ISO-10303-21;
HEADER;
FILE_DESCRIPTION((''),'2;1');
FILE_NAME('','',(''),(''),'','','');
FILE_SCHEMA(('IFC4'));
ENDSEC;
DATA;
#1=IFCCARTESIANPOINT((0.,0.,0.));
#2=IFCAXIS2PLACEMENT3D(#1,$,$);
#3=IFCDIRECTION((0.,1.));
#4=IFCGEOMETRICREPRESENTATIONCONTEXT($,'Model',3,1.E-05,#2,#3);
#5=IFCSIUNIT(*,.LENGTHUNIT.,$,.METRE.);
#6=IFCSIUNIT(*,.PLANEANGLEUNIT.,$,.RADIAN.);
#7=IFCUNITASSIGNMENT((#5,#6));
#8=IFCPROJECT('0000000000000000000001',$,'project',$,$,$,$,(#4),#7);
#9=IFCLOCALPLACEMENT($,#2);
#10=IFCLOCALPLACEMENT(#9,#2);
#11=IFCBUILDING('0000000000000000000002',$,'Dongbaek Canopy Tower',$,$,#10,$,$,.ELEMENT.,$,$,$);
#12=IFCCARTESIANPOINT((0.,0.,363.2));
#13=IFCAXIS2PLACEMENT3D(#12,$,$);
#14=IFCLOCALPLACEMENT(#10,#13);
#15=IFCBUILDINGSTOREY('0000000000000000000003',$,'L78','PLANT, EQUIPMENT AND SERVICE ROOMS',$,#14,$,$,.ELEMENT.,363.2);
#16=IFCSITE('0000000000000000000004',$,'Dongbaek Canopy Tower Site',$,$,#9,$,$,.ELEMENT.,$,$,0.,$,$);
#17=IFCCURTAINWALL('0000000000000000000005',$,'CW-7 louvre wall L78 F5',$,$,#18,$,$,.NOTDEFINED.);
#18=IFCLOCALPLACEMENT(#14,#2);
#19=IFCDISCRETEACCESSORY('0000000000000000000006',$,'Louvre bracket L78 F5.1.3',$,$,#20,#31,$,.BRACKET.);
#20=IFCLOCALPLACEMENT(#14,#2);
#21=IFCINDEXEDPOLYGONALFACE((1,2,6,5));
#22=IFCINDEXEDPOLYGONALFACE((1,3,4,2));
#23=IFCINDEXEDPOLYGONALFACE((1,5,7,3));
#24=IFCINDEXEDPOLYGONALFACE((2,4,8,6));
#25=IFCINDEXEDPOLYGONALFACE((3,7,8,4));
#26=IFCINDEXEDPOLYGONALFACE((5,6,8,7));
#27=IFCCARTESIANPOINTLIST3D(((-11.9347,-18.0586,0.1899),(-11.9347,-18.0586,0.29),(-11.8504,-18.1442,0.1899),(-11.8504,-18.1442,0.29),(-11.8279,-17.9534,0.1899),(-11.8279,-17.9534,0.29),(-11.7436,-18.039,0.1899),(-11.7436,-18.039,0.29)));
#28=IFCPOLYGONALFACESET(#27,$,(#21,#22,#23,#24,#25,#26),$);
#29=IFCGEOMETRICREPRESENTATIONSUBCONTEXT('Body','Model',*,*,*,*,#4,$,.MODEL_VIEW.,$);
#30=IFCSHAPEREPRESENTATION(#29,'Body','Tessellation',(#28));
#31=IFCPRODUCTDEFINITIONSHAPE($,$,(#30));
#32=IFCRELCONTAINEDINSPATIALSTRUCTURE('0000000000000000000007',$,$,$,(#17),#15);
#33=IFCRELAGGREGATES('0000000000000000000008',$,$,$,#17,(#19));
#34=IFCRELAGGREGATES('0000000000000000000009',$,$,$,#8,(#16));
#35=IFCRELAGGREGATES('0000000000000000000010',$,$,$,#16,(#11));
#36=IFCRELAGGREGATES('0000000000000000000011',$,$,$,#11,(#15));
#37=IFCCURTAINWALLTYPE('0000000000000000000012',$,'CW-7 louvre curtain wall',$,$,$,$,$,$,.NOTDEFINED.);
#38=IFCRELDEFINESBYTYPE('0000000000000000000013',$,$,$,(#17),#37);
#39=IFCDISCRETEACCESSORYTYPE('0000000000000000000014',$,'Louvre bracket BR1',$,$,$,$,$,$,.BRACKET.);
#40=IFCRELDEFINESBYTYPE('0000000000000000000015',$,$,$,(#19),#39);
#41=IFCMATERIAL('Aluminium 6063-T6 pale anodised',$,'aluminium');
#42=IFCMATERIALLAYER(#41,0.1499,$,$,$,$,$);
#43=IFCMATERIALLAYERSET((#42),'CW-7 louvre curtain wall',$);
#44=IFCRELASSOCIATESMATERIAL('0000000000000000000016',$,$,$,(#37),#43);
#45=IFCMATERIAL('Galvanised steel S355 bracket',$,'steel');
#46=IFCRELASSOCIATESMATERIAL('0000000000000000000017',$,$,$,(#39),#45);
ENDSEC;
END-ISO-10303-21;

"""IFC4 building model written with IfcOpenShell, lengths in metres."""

from ifc_helpers import new_model, si_unit, direction, frame, origin, origin_2d, place, context, subcontext, project, spatial, rectangle, extrude, material, layer, layer_set, type_object, element, aggregate, save


model = new_model("IFC4")

# Units and contexts
model_context = context("Model", 3, precision=1e-05, world=origin(), true_north=direction((0.0, 1.0)))
body_context = subcontext(model_context, "Body", "Model", "MODEL_VIEW")
ifc_project = project(units=[si_unit("LENGTHUNIT", "METRE"), si_unit("PLANEANGLEUNIT", "RADIAN")], contexts=[model_context])

# Site, building, storey
site_placement = place(None, origin())
site = spatial("IfcSite", under=ifc_project, at=site_placement, Name="Dongbaek Canopy Tower Site", CompositionType="ELEMENT", RefElevation=0.0)
building_placement = place(site_placement, origin())
building = spatial("IfcBuilding", under=site, at=building_placement, Name="Dongbaek Canopy Tower", CompositionType="ELEMENT")
storey_placement = place(building_placement, frame((0.0, 0.0, 363.2)))
storey = spatial("IfcBuildingStorey", under=building, at=storey_placement, Name="L78", Description="PLANT, EQUIPMENT AND SERVICE ROOMS", CompositionType="ELEMENT", Elevation=363.2)

# Shared definitions
ifc_material_1 = material(Name="Aluminium 6063-T6 pale anodised", Category="aluminium")
ifc_layer_1 = layer(ifc_material_1, 0.1499)
ifc_layer_set_1 = layer_set([ifc_layer_1], Name="CW-7 louvre curtain wall")
curtain_wall_type = type_object("IfcCurtainWallType", Name="CW-7 louvre curtain wall", PredefinedType="NOTDEFINED", material=ifc_layer_set_1)

# Curtain wall
curtain_wall_1_placement = place(storey_placement, origin())
curtain_wall_1 = element("IfcCurtainWall", 1, at=curtain_wall_1_placement, inside=storey, type_object=curtain_wall_type, Name="CW-7 louvre wall L78 F5", PredefinedType="NOTDEFINED")

# Discrete accessory
ifc_material_2 = material(Name="Galvanised steel S355 bracket", Category="steel")
discrete_accessory_type = type_object("IfcDiscreteAccessoryType", Name="Louvre bracket BR1", PredefinedType="BRACKET", material=ifc_material_2)
discrete_accessory_1_placement = place(storey_placement, frame((-11.8391, -18.0488, 0.1899), z_axis=(0.0, 0.0, 1.0), x_axis=(0.701718, -0.712455, 0.0)))
discrete_accessory_1 = element("IfcDiscreteAccessory", 2, at=discrete_accessory_1_placement, type_object=discrete_accessory_type, Name="Louvre bracket L78 F5.1.3", PredefinedType="BRACKET", context=body_context, shape_type="SweptSolid", body=[
    extrude(rectangle(XDim=0.1201, YDim=0.1499, at=origin_2d()), origin(), (0.0, 0.0, 1.0), 0.1001),
])
aggregate(curtain_wall_1, [discrete_accessory_1])

save(model, "model.ifc")
